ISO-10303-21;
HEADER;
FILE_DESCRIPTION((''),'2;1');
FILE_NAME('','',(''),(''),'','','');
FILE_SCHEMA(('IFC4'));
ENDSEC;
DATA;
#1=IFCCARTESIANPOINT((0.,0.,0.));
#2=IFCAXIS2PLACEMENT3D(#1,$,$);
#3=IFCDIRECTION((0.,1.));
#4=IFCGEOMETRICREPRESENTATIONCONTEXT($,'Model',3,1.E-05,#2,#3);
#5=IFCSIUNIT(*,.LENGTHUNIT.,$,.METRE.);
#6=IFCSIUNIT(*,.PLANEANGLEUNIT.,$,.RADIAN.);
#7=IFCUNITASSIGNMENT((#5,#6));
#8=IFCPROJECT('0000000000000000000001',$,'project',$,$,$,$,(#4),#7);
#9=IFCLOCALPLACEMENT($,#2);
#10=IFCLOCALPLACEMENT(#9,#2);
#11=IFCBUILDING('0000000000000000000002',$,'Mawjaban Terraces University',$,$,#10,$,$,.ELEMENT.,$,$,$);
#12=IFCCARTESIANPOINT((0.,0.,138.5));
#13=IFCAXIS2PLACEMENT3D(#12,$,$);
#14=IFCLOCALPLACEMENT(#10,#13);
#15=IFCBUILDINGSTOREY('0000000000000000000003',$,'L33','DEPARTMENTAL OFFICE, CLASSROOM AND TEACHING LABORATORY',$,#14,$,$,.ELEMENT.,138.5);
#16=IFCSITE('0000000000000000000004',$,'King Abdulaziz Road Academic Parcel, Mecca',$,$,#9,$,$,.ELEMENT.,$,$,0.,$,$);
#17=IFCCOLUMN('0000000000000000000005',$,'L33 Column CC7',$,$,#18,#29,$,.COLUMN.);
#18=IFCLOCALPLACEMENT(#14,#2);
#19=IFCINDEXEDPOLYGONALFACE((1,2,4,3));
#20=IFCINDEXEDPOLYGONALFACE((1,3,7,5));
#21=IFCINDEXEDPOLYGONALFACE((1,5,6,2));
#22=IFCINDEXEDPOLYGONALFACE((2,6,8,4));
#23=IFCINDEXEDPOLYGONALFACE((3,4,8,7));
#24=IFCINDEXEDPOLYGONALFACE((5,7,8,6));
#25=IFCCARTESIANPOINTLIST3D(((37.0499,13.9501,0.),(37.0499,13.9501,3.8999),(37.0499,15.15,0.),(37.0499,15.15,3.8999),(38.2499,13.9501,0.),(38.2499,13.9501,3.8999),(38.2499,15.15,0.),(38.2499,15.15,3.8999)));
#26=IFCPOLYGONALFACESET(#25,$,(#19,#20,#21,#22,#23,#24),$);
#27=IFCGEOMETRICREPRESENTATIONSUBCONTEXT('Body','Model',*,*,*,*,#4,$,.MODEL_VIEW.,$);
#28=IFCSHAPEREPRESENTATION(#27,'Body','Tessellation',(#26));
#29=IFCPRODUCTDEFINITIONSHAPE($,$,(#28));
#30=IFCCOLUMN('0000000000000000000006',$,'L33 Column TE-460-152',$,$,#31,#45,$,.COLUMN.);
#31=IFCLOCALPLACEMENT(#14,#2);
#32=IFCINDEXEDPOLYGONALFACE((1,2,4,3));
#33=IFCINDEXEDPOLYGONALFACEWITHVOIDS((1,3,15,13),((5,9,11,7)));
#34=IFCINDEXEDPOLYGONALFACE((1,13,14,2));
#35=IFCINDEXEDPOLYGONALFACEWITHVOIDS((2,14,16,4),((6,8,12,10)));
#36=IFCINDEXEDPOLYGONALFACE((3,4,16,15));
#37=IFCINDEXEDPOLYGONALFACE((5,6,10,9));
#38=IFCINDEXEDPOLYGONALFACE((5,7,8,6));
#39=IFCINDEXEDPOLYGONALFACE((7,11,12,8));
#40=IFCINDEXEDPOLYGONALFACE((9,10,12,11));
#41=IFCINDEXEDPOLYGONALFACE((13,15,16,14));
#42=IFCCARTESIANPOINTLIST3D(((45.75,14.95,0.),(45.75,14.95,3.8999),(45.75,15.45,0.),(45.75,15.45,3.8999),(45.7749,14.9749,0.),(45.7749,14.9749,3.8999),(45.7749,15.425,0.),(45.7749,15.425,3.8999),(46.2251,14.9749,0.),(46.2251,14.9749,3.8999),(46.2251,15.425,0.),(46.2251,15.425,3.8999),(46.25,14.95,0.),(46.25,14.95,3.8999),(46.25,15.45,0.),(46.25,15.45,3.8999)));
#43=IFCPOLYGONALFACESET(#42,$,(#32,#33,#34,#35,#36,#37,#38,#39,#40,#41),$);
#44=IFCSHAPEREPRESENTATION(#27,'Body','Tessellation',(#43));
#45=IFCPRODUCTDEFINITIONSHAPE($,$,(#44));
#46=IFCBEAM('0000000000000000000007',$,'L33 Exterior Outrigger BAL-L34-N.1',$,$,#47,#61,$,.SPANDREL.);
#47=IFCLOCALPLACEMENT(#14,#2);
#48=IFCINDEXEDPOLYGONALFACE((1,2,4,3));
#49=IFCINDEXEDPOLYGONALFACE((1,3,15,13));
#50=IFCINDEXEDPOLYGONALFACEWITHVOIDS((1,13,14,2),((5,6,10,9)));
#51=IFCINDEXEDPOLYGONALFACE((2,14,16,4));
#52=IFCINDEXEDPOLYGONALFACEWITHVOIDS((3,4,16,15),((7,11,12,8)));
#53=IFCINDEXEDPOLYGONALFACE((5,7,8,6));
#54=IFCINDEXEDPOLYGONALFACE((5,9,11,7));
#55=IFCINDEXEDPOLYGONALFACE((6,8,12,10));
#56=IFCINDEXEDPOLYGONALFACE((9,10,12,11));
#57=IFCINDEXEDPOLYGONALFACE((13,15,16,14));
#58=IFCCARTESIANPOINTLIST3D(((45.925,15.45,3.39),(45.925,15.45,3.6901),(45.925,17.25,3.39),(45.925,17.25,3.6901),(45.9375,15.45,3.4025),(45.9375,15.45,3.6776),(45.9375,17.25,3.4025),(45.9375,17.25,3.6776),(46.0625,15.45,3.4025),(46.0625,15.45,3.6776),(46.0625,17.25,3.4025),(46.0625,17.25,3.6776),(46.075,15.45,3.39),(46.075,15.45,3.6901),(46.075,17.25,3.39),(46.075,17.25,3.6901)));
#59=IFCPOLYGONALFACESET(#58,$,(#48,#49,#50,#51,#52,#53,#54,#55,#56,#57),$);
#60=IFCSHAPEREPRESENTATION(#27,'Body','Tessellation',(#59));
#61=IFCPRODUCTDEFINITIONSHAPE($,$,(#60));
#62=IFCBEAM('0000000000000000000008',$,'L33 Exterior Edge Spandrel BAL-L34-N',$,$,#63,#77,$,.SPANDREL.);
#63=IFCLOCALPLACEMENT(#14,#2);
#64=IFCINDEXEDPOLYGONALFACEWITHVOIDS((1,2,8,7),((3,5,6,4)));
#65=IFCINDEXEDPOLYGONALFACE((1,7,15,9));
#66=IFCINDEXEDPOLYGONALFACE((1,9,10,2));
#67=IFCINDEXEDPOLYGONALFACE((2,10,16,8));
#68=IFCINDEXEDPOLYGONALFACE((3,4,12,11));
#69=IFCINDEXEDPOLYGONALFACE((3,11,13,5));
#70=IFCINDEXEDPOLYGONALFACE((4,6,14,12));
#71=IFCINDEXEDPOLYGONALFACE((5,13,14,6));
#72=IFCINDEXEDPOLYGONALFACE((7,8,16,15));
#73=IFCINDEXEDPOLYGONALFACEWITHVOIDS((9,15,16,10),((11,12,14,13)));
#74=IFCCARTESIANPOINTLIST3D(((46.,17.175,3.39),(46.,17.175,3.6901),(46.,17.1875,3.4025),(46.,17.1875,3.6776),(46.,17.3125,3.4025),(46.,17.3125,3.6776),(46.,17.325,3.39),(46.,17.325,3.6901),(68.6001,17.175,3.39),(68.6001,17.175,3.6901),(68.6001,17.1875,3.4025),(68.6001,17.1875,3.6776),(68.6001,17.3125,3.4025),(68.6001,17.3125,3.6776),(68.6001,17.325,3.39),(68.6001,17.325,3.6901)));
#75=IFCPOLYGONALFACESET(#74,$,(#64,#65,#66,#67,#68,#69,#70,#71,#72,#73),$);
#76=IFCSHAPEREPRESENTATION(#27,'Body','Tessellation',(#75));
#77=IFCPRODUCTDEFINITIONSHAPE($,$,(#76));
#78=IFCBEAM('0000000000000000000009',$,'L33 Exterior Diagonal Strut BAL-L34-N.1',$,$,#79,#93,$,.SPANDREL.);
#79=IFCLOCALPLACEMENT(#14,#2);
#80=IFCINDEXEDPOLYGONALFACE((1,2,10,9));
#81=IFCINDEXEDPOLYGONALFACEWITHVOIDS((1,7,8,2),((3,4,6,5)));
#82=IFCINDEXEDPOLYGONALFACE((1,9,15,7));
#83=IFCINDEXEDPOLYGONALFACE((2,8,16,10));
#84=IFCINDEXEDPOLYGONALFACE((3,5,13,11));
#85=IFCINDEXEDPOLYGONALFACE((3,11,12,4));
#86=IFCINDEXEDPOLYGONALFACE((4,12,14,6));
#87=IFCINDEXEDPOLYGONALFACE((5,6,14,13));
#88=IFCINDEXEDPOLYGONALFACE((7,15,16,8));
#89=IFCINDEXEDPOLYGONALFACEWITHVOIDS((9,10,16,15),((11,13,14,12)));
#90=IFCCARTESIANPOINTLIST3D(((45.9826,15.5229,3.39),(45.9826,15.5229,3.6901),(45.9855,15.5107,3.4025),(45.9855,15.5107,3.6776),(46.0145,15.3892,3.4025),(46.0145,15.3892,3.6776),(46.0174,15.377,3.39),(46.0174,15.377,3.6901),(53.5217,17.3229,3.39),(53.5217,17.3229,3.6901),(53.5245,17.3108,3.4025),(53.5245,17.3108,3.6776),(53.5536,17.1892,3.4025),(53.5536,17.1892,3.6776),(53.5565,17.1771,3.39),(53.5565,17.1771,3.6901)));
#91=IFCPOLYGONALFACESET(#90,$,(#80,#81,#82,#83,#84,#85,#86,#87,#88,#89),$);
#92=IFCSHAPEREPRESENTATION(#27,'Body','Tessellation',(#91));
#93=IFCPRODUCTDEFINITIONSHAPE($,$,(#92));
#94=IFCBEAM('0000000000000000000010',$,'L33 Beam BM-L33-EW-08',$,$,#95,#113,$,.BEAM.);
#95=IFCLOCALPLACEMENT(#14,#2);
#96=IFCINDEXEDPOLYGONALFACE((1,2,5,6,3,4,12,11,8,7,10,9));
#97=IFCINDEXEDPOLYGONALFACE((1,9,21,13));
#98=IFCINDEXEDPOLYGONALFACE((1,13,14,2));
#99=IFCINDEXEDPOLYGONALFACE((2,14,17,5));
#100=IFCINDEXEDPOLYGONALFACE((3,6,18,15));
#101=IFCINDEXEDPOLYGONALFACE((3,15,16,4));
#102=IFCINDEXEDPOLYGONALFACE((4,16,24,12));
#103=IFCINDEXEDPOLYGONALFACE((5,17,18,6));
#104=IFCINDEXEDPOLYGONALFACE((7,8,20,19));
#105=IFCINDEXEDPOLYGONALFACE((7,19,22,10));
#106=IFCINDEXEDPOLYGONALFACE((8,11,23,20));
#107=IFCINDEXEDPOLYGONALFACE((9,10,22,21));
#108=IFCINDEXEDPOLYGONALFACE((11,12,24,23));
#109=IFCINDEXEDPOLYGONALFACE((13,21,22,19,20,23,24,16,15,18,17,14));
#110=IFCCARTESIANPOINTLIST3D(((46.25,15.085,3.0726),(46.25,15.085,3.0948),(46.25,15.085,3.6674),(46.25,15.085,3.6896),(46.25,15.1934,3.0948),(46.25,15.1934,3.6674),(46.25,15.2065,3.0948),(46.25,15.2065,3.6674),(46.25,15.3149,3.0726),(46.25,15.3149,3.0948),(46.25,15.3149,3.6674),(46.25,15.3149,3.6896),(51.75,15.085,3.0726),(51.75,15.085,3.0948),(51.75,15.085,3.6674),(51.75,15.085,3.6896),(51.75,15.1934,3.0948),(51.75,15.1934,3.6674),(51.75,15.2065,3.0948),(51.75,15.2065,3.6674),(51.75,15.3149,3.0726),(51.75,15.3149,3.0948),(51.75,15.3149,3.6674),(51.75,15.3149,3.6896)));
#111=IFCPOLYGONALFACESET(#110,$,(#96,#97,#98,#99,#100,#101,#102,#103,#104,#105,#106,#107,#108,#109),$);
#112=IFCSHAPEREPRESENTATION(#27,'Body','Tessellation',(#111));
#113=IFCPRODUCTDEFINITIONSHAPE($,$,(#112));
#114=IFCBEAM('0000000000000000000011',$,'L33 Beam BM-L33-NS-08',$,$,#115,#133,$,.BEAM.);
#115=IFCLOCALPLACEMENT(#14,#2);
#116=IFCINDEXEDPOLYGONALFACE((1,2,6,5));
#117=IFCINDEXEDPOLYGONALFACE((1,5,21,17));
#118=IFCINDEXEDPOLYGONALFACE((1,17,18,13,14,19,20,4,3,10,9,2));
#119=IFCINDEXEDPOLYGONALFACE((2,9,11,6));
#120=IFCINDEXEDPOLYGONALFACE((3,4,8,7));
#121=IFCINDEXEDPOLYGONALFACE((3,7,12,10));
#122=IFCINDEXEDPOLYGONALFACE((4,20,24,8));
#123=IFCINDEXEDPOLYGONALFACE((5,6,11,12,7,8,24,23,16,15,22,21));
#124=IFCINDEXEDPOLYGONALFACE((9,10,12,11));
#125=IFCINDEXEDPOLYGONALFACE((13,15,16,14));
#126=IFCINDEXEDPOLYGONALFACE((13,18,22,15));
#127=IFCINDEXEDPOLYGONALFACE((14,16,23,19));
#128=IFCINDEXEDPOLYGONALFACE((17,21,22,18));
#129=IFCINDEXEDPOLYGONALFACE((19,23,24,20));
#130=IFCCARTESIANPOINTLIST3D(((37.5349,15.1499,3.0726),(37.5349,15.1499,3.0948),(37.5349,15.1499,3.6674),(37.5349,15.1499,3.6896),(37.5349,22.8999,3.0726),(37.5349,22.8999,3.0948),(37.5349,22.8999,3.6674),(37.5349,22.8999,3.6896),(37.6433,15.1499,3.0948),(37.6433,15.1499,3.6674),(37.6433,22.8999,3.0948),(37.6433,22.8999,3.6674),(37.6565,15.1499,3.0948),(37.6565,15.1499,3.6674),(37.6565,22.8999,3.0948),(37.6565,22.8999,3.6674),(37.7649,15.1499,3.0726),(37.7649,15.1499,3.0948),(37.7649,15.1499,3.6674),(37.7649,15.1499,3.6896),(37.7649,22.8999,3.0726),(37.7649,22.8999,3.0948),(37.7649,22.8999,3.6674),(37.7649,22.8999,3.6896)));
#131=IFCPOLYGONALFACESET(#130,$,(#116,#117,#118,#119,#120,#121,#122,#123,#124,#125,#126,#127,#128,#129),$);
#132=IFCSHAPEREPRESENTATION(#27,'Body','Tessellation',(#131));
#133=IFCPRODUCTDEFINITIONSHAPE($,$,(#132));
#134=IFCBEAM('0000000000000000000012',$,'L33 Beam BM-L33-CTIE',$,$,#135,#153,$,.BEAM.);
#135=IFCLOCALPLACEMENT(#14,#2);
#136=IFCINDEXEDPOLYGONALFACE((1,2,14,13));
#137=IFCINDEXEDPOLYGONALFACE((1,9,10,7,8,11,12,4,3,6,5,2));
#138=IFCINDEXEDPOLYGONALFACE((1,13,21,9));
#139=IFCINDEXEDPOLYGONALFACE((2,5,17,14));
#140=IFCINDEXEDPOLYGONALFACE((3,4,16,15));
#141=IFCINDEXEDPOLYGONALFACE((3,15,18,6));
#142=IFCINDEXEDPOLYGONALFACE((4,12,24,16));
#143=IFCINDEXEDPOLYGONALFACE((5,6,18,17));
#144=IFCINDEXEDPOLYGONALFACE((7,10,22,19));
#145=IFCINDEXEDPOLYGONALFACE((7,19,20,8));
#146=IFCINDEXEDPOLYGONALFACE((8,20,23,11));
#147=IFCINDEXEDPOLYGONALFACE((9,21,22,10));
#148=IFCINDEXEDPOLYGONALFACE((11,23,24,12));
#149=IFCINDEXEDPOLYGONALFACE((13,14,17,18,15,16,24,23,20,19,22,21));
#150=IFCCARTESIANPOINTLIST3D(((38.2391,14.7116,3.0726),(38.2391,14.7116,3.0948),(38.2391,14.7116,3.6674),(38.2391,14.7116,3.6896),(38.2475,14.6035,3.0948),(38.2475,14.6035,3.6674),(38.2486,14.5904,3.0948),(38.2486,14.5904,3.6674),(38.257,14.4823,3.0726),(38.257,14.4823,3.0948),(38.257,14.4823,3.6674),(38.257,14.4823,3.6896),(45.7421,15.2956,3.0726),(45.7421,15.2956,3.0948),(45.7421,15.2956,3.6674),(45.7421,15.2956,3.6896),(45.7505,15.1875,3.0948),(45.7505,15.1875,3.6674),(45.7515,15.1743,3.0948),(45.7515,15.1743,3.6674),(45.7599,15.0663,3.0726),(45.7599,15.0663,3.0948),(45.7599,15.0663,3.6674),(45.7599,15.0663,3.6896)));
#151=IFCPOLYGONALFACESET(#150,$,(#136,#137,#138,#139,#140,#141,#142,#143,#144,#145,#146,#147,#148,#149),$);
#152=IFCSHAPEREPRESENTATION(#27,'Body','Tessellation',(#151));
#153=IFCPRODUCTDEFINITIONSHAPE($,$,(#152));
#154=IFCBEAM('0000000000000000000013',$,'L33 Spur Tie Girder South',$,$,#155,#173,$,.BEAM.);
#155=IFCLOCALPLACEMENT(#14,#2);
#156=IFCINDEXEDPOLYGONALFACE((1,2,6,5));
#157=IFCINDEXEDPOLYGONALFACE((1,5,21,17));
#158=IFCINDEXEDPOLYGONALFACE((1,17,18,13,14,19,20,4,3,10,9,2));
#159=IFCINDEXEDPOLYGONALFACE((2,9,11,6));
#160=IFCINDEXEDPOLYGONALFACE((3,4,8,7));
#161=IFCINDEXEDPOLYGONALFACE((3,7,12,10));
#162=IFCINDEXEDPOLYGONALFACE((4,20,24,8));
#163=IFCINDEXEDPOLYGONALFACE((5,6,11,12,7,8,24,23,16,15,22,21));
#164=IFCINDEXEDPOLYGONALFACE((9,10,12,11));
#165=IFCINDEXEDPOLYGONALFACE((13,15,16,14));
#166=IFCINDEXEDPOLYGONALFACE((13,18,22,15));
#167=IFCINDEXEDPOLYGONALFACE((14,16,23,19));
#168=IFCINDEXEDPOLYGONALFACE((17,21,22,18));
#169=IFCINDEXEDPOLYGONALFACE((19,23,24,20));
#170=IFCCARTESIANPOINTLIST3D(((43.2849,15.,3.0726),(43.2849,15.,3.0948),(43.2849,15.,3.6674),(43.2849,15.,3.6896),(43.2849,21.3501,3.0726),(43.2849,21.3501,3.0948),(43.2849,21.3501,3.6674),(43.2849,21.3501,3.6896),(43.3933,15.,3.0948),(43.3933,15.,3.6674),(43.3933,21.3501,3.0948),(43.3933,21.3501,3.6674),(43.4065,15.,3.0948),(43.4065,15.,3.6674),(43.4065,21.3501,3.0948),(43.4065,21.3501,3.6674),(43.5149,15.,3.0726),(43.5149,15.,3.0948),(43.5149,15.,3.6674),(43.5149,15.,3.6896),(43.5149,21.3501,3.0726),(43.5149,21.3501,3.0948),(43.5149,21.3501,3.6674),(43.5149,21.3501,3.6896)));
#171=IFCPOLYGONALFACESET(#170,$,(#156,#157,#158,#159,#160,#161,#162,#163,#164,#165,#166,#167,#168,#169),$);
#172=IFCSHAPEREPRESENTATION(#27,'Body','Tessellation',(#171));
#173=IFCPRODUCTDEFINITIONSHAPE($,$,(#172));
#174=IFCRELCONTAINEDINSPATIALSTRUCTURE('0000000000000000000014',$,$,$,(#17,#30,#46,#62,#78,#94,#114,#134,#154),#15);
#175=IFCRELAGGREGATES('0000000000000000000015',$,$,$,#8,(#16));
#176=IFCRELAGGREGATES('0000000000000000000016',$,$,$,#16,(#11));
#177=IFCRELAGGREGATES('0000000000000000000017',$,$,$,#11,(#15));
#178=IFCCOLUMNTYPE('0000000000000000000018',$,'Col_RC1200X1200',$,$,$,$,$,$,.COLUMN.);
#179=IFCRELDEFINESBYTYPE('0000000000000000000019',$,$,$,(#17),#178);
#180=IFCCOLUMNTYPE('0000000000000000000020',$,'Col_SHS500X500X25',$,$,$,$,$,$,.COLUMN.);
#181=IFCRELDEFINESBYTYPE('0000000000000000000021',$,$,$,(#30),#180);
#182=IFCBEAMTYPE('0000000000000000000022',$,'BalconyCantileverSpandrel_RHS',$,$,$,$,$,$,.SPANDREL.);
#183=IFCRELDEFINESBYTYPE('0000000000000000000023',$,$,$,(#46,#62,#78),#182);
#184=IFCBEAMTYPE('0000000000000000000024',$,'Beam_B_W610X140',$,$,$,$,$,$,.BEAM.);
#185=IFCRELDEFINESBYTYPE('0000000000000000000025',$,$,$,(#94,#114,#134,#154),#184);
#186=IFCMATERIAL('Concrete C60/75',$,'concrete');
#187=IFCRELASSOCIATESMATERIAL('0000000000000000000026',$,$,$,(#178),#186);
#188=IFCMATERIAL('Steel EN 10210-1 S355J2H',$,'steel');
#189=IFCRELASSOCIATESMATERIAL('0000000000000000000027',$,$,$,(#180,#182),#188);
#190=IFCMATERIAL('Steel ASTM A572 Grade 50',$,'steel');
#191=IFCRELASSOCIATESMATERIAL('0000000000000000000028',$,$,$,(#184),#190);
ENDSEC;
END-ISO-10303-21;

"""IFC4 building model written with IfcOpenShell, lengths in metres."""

from ifc_helpers import new_model, si_unit, direction, frame, origin, origin_2d, place, context, subcontext, project, spatial, rectangle, hollow_rectangle, i_section, extrude, material, material_profile, profile_set, type_object, element, save


model = new_model("IFC4")

# Units and contexts
model_context = context("Model", 3, precision=1e-05, world=origin(), true_north=direction((0.0, 1.0)))
body_context = subcontext(model_context, "Body", "Model", "MODEL_VIEW")
ifc_project = project(units=[si_unit("LENGTHUNIT", "METRE"), si_unit("PLANEANGLEUNIT", "RADIAN")], contexts=[model_context])

# Site, building, storey
site_placement = place(None, origin())
site = spatial("IfcSite", under=ifc_project, at=site_placement, Name="King Abdulaziz Road Academic Parcel, Mecca", CompositionType="ELEMENT", RefElevation=0.0)
building_placement = place(site_placement, origin())
building = spatial("IfcBuilding", under=site, at=building_placement, Name="Mawjaban Terraces University", CompositionType="ELEMENT")
storey_placement = place(building_placement, frame((0.0, 0.0, 138.5)))
storey = spatial("IfcBuildingStorey", under=building, at=storey_placement, Name="L33", Description="DEPARTMENTAL OFFICE, CLASSROOM AND TEACHING LABORATORY", CompositionType="ELEMENT", Elevation=138.5)

# Columns
ifc_material_1 = material(Name="Concrete C60/75", Category="concrete")
ifc_material_profile_1 = material_profile(ifc_material_1, rectangle(XDim=1.2, YDim=1.2, at=origin_2d()), Name="RC1200X1200")
ifc_profile_set_1 = profile_set([ifc_material_profile_1], Name="Concrete C60/75")
column_type_1 = type_object("IfcColumnType", Name="Col_RC1200X1200", PredefinedType="COLUMN", material=ifc_profile_set_1)
column_1_placement = place(storey_placement, frame((37.6499, 14.55, 0.0), z_axis=(0.0, 0.0, 1.0), x_axis=(1.0, 0.0, 0.0)))
element("IfcColumn", 1, at=column_1_placement, inside=storey, type_object=column_type_1, Name="L33 Column CC7", PredefinedType="COLUMN", context=body_context, shape_type="SweptSolid", body=[
    extrude(rectangle(XDim=1.2, YDim=1.2, at=origin_2d()), origin(), (0.0, 0.0, 1.0), 3.8999),
])
ifc_material_2 = material(Name="Steel EN 10210-1 S355J2H", Category="steel")
ifc_material_profile_2 = material_profile(ifc_material_2, hollow_rectangle(XDim=0.5, YDim=0.5, WallThickness=0.0249, at=origin_2d()), Name="SHS500X500X25")
ifc_profile_set_2 = profile_set([ifc_material_profile_2], Name="Steel EN 10210-1 S355J2H")
column_type_2 = type_object("IfcColumnType", Name="Col_SHS500X500X25", PredefinedType="COLUMN", material=ifc_profile_set_2)
column_2_placement = place(storey_placement, frame((46.0, 15.2, 0.0), z_axis=(0.0, 0.0, 1.0), x_axis=(1.0, 0.0, 0.0)))
element("IfcColumn", 2, at=column_2_placement, inside=storey, type_object=column_type_2, Name="L33 Column TE-460-152", PredefinedType="COLUMN", context=body_context, shape_type="SweptSolid", body=[
    extrude(hollow_rectangle(XDim=0.5, YDim=0.5, WallThickness=0.0249, at=origin_2d()), origin(), (0.0, 0.0, 1.0), 3.8999),
])

# Beams
ifc_material_profile_3 = material_profile(ifc_material_2, hollow_rectangle(XDim=0.1499, YDim=0.3, WallThickness=0.0125, at=origin_2d()), Name="RHS300X150X12.5")
ifc_profile_set_3 = profile_set([ifc_material_profile_3], Name="Steel EN 10210-1 S355J2H")
beam_type_1 = type_object("IfcBeamType", Name="BalconyCantileverSpandrel_RHS", PredefinedType="SPANDREL", material=ifc_profile_set_3)
beam_1_placement = place(storey_placement, frame((46.0, 15.45, 3.54), z_axis=(0.0, 1.0, 0.0), x_axis=(-1.0, 0.0, 0.0)))
element("IfcBeam", 3, at=beam_1_placement, inside=storey, type_object=beam_type_1, Name="L33 Exterior Outrigger BAL-L34-N.1", PredefinedType="SPANDREL", context=body_context, shape_type="SweptSolid", body=[
    extrude(hollow_rectangle(XDim=0.1499, YDim=0.3, WallThickness=0.0125, at=origin_2d()), origin(), (0.0, 0.0, 1.0), 1.8),
])
beam_2_placement = place(storey_placement, frame((46.0, 17.25, 3.54), z_axis=(1.0, 0.0, 0.0), x_axis=(0.0, 1.0, 0.0)))
element("IfcBeam", 4, at=beam_2_placement, inside=storey, type_object=beam_type_1, Name="L33 Exterior Edge Spandrel BAL-L34-N", PredefinedType="SPANDREL", context=body_context, shape_type="SweptSolid", body=[
    extrude(hollow_rectangle(XDim=0.1499, YDim=0.3, WallThickness=0.0125, at=origin_2d()), origin(), (0.0, 0.0, 1.0), 22.6001),
])
beam_3_placement = place(storey_placement, frame((46.0, 15.45, 3.54), z_axis=(0.97266, 0.232235, 0.0), x_axis=(-0.232235, 0.97266, 0.0)))
element("IfcBeam", 5, at=beam_3_placement, inside=storey, type_object=beam_type_1, Name="L33 Exterior Diagonal Strut BAL-L34-N.1", PredefinedType="SPANDREL", context=body_context, shape_type="SweptSolid", body=[
    extrude(hollow_rectangle(XDim=0.1499, YDim=0.3, WallThickness=0.0125, at=origin_2d()), origin(), (0.0, 0.0, 1.0), 7.751),
])
ifc_material_3 = material(Name="Steel ASTM A572 Grade 50", Category="steel")
ifc_material_profile_4 = material_profile(ifc_material_3, i_section(OverallWidth=0.23, OverallDepth=0.6169, WebThickness=0.0132, FlangeThickness=0.0222, at=origin_2d()), Name="W610X140")
ifc_profile_set_4 = profile_set([ifc_material_profile_4], Name="Steel ASTM A572 Grade 50")
beam_type_2 = type_object("IfcBeamType", Name="Beam_B_W610X140", PredefinedType="BEAM", material=ifc_profile_set_4)
beam_4_placement = place(storey_placement, frame((46.25, 15.2, 3.3811), z_axis=(1.0, 0.0, 0.0), x_axis=(0.0, 1.0, 0.0)))
element("IfcBeam", 6, at=beam_4_placement, inside=storey, type_object=beam_type_2, Name="L33 Beam BM-L33-EW-08", PredefinedType="BEAM", context=body_context, shape_type="SweptSolid", body=[
    extrude(i_section(OverallWidth=0.23, OverallDepth=0.6169, WebThickness=0.0132, FlangeThickness=0.0222, at=origin_2d()), origin(), (0.0, 0.0, 1.0), 5.5),
])
beam_5_placement = place(storey_placement, frame((37.6499, 15.1499, 3.3811), z_axis=(0.0, 1.0, 0.0), x_axis=(-1.0, 0.0, 0.0)))
element("IfcBeam", 7, at=beam_5_placement, inside=storey, type_object=beam_type_2, Name="L33 Beam BM-L33-NS-08", PredefinedType="BEAM", context=body_context, shape_type="SweptSolid", body=[
    extrude(i_section(OverallWidth=0.23, OverallDepth=0.6169, WebThickness=0.0132, FlangeThickness=0.0222, at=origin_2d()), origin(), (0.0, 0.0, 1.0), 7.75),
])
beam_6_placement = place(storey_placement, frame((38.248, 14.5969, 3.3811), z_axis=(0.996985, 0.077599, 0.0), x_axis=(-0.077599, 0.996985, 0.0)))
element("IfcBeam", 8, at=beam_6_placement, inside=storey, type_object=beam_type_2, Name="L33 Beam BM-L33-CTIE", PredefinedType="BEAM", context=body_context, shape_type="SweptSolid", body=[
    extrude(i_section(OverallWidth=0.23, OverallDepth=0.6169, WebThickness=0.0132, FlangeThickness=0.0222, at=origin_2d()), origin(), (0.0, 0.0, 1.0), 7.5256),
])
beam_7_placement = place(storey_placement, frame((43.3999, 15.0, 3.3811), z_axis=(0.0, 1.0, 0.0), x_axis=(-1.0, 0.0, 0.0)))
element("IfcBeam", 9, at=beam_7_placement, inside=storey, type_object=beam_type_2, Name="L33 Spur Tie Girder South", PredefinedType="BEAM", context=body_context, shape_type="SweptSolid", body=[
    extrude(i_section(OverallWidth=0.23, OverallDepth=0.6169, WebThickness=0.0132, FlangeThickness=0.0222, at=origin_2d()), origin(), (0.0, 0.0, 1.0), 6.3501),
])

save(model, "model.ifc")
